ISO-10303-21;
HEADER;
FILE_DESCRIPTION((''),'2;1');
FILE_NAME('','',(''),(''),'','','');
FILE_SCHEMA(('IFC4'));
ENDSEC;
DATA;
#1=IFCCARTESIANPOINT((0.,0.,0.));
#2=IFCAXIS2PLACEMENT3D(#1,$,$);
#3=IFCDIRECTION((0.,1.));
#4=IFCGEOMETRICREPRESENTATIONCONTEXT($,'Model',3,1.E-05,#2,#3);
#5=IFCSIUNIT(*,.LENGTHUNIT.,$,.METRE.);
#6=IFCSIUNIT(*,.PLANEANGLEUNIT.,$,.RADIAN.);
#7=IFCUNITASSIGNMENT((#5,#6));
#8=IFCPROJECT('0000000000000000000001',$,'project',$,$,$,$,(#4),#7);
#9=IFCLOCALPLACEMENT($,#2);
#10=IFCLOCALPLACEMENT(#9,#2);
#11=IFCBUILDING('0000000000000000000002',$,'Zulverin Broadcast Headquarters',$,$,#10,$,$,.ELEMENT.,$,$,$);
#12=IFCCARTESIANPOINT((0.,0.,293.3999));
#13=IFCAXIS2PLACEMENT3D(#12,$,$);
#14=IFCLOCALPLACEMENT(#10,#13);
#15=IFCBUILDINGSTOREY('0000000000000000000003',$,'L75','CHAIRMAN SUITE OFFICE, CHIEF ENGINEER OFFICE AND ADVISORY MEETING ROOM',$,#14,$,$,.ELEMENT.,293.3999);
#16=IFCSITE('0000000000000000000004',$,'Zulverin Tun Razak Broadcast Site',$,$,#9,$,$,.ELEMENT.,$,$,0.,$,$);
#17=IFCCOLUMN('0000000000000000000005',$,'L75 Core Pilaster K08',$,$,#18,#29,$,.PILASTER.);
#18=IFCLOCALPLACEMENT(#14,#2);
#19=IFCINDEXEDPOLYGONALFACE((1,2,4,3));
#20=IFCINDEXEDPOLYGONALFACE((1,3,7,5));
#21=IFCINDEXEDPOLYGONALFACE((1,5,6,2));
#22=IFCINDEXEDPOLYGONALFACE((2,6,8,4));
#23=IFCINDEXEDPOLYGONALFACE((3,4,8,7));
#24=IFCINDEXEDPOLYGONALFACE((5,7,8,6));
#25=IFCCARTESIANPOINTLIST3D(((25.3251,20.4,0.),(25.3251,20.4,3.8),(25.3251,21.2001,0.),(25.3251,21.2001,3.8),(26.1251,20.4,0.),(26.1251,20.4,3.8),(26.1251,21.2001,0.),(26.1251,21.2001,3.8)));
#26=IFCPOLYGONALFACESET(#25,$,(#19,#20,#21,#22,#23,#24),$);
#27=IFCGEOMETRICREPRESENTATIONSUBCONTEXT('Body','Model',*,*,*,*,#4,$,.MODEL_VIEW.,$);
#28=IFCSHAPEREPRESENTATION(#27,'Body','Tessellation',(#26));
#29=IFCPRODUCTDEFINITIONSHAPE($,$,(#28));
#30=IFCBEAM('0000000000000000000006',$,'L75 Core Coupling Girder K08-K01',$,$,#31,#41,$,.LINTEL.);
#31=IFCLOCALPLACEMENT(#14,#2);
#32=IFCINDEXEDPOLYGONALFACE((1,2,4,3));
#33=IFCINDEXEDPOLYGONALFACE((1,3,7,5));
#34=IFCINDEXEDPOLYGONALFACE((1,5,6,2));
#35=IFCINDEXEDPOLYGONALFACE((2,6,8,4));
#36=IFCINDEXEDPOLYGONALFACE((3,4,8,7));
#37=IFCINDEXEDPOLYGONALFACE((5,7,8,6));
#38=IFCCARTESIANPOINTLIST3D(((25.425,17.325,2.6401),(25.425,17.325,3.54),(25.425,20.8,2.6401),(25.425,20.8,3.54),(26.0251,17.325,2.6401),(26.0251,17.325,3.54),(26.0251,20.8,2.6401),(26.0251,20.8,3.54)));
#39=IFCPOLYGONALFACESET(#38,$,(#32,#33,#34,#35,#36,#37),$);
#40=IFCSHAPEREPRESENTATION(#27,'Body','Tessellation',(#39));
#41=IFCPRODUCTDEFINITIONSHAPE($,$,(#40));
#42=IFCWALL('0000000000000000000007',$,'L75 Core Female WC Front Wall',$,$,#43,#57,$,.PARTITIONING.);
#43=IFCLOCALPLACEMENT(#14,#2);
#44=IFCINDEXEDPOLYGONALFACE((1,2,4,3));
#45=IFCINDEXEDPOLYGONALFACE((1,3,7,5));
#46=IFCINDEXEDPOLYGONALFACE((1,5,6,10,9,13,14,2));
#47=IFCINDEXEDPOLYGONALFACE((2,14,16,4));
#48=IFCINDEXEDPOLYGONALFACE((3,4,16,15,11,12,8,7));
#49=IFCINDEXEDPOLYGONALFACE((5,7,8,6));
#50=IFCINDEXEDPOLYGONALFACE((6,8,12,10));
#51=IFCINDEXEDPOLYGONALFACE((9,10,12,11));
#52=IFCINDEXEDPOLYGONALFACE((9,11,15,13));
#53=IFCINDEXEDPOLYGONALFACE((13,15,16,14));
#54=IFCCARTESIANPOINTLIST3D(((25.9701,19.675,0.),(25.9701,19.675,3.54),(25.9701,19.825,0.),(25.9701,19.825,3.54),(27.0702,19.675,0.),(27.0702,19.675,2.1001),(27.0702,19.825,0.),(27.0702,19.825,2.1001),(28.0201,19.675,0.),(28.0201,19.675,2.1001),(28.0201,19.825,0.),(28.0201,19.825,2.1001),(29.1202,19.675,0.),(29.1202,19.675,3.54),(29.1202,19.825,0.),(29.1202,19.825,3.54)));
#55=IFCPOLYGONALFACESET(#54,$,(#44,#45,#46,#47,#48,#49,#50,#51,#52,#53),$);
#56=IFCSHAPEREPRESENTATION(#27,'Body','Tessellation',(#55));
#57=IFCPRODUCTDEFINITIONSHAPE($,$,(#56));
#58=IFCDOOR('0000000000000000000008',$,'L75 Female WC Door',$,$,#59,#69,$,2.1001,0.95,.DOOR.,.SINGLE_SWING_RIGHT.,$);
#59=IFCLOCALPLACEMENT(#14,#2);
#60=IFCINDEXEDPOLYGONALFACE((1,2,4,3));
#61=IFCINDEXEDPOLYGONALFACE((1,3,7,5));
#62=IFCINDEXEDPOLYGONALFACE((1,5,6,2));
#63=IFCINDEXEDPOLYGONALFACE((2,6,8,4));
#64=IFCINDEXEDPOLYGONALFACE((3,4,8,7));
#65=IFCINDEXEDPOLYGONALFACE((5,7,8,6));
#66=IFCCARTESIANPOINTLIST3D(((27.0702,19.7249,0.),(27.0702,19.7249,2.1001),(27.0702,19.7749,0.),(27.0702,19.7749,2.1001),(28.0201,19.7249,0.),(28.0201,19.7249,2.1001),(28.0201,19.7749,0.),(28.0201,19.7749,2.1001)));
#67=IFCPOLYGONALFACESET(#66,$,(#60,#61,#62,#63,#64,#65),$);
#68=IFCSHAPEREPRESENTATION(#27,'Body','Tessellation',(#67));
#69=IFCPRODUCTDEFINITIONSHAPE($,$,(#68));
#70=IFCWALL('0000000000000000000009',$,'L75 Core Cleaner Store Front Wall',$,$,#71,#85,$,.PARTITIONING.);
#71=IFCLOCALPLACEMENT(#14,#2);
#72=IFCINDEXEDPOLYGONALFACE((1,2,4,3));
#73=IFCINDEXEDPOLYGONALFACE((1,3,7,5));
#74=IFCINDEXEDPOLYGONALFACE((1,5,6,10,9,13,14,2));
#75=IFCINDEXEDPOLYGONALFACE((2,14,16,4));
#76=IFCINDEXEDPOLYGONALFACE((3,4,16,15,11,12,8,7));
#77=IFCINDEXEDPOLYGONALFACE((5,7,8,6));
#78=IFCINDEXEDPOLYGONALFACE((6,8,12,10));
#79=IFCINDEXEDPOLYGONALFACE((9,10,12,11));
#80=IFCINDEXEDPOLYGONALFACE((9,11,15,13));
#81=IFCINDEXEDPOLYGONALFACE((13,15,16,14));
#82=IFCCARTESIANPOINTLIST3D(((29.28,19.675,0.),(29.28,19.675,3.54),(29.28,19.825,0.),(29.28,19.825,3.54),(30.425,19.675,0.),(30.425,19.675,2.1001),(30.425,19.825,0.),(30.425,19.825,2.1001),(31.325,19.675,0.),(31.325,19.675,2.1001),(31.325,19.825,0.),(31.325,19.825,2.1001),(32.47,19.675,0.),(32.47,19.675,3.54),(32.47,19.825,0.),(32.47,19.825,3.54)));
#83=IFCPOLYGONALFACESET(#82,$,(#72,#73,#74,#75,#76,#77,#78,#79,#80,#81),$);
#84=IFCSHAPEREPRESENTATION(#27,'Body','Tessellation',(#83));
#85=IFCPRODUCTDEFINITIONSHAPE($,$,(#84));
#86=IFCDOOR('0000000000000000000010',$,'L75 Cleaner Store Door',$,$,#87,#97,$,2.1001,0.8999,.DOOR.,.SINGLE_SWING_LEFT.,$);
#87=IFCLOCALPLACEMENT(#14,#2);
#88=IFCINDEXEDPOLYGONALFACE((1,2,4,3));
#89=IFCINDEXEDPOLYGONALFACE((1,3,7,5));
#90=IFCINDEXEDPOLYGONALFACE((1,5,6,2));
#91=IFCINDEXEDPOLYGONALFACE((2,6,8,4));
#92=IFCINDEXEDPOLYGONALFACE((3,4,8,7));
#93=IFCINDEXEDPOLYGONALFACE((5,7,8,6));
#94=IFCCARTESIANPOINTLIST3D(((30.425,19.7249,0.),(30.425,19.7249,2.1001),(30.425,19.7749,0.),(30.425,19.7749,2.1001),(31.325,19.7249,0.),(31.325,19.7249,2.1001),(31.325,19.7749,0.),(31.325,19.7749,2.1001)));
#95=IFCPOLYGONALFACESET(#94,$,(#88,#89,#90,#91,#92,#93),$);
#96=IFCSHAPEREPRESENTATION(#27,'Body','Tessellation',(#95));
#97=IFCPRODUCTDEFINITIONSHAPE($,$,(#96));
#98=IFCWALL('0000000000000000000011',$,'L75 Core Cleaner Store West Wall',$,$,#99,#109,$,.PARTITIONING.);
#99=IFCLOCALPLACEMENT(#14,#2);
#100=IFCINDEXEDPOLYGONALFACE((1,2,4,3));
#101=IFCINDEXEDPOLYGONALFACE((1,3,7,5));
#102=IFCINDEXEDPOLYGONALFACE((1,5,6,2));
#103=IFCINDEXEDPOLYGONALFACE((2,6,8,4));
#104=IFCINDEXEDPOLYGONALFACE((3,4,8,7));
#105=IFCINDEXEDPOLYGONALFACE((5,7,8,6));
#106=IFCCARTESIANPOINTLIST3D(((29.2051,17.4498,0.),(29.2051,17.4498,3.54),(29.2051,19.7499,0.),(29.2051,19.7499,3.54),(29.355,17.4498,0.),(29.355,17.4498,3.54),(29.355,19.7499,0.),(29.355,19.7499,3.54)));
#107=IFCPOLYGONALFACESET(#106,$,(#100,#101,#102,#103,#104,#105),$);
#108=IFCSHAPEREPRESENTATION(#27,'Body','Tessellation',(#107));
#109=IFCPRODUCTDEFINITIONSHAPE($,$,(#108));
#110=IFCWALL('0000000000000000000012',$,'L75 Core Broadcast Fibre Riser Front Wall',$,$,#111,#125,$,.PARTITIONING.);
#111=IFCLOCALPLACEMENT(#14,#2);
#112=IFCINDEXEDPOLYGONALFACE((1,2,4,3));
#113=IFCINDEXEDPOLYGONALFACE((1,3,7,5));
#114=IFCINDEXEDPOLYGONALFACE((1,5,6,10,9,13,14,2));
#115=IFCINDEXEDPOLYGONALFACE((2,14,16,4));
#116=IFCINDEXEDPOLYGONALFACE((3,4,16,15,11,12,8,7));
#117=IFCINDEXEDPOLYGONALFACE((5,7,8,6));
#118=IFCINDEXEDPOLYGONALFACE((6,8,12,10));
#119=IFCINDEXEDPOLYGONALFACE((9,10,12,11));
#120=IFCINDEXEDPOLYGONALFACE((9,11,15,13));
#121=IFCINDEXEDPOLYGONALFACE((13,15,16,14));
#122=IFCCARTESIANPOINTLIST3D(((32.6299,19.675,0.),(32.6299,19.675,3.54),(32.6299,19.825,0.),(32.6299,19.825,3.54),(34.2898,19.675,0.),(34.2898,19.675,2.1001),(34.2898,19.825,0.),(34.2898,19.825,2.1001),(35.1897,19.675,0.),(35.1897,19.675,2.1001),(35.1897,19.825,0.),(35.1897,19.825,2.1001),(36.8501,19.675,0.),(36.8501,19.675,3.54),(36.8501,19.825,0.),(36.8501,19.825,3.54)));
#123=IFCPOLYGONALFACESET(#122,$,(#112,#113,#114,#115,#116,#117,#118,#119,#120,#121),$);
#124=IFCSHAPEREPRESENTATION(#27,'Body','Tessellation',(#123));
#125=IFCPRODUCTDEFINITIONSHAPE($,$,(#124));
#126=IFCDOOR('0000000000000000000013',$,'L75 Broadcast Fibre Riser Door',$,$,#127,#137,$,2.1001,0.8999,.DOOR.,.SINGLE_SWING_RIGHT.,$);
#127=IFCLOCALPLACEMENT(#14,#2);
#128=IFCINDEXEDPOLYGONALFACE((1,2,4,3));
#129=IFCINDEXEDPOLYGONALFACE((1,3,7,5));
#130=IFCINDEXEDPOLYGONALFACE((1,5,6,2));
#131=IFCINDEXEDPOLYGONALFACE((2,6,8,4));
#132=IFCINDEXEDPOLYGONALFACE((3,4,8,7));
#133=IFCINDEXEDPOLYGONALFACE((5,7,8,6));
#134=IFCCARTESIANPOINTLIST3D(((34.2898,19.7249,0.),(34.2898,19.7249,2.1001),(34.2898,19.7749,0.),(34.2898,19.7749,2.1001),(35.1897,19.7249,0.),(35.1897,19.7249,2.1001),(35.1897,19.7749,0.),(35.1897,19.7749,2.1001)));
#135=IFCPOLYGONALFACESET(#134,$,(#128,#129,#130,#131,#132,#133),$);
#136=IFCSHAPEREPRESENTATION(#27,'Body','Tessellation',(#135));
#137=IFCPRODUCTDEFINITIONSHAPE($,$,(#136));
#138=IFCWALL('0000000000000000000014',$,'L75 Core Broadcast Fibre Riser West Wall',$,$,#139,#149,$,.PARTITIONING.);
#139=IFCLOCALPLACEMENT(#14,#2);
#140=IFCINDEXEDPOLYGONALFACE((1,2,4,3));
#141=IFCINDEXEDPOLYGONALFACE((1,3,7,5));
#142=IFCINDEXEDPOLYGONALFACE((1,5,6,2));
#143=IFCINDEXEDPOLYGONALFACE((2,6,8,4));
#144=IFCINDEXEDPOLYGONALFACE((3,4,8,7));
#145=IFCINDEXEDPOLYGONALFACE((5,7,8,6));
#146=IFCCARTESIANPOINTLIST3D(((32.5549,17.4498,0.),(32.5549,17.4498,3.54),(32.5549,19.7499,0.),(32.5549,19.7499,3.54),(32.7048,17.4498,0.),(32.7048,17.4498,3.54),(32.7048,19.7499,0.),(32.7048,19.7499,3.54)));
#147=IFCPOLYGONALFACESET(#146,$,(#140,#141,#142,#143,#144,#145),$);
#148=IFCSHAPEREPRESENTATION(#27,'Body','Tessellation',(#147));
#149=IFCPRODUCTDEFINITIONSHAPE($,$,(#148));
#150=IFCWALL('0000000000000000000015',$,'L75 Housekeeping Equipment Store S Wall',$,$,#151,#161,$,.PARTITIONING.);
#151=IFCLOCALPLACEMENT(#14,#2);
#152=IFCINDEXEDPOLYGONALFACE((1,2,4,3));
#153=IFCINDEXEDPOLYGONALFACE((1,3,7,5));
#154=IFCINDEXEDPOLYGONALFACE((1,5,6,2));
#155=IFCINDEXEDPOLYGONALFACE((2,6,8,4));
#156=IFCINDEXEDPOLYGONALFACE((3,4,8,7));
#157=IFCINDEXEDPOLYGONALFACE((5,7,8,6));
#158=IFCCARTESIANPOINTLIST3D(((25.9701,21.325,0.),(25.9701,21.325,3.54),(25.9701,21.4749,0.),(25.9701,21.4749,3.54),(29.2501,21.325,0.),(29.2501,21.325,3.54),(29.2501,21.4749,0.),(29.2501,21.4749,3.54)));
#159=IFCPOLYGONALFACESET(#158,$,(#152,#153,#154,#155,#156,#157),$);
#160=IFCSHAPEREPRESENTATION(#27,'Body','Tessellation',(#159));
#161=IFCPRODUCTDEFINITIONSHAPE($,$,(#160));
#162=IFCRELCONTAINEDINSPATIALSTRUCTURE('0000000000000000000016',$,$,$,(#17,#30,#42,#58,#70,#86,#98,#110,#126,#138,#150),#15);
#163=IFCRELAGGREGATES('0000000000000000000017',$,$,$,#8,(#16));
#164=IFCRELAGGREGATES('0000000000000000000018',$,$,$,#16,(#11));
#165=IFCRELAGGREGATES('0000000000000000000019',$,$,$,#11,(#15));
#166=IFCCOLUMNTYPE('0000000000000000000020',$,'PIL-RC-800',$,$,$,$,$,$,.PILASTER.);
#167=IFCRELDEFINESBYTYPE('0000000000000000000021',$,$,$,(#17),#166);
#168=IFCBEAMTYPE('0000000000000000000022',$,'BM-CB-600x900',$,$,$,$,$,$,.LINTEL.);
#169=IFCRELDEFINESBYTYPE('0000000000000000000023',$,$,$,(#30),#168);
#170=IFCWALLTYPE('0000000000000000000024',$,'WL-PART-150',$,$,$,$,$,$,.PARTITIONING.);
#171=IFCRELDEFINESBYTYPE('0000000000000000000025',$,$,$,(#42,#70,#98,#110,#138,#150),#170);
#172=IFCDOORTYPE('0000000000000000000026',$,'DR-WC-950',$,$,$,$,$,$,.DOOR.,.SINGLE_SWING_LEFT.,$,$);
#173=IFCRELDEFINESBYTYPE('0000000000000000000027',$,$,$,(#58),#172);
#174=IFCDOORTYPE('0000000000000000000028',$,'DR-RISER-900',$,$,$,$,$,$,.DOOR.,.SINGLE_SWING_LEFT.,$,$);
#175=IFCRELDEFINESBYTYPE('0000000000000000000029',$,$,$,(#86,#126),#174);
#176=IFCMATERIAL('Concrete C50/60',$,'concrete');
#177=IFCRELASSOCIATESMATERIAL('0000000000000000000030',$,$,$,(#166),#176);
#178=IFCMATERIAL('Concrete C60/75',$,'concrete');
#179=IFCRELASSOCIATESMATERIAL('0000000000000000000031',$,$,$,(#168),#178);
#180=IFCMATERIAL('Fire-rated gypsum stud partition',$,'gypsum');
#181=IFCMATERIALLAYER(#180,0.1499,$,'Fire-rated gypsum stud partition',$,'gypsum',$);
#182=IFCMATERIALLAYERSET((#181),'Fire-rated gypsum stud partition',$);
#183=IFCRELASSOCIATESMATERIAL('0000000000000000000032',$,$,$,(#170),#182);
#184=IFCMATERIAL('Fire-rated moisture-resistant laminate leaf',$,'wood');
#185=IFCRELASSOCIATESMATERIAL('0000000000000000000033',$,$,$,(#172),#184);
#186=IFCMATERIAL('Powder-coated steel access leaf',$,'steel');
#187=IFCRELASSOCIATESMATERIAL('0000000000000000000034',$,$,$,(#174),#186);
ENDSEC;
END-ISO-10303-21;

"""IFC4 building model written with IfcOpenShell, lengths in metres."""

from ifc_helpers import new_model, si_unit, direction, frame, frame_2d, origin, origin_2d, place, context, subcontext, project, spatial, rectangle, extrude, material, layer, layer_set, material_profile, profile_set, type_object, element, fill, save


model = new_model("IFC4")

# Units and contexts
model_context = context("Model", 3, precision=1e-05, world=origin(), true_north=direction((0.0, 1.0)))
body_context = subcontext(model_context, "Body", "Model", "MODEL_VIEW")
ifc_project = project(units=[si_unit("LENGTHUNIT", "METRE"), si_unit("PLANEANGLEUNIT", "RADIAN")], contexts=[model_context])

# Site, building, storey
site_placement = place(None, origin())
site = spatial("IfcSite", under=ifc_project, at=site_placement, Name="Zulverin Tun Razak Broadcast Site", CompositionType="ELEMENT", RefElevation=0.0)
building_placement = place(site_placement, origin())
building = spatial("IfcBuilding", under=site, at=building_placement, Name="Zulverin Broadcast Headquarters", CompositionType="ELEMENT")
storey_placement = place(building_placement, frame((0.0, 0.0, 293.3999)))
storey = spatial("IfcBuildingStorey", under=building, at=storey_placement, Name="L75", Description="CHAIRMAN SUITE OFFICE, CHIEF ENGINEER OFFICE AND ADVISORY MEETING ROOM", CompositionType="ELEMENT", Elevation=293.3999)

# Column
ifc_material_1 = material(Name="Concrete C50/60", Category="concrete")
ifc_material_profile_1 = material_profile(ifc_material_1, rectangle(XDim=0.8, YDim=0.8, at=origin_2d()), Name="Concrete C50/60", Category="concrete")
ifc_profile_set_1 = profile_set([ifc_material_profile_1], Name="Concrete C50/60")
column_type = type_object("IfcColumnType", Name="PIL-RC-800", PredefinedType="PILASTER", material=ifc_profile_set_1)
column_placement = place(storey_placement, frame((25.7251, 20.8, 0.0), z_axis=(0.0, 0.0, 1.0), x_axis=(1.0, 0.0, 0.0)))
element("IfcColumn", 1, at=column_placement, inside=storey, type_object=column_type, Name="L75 Core Pilaster K08", PredefinedType="PILASTER", context=body_context, shape_type="SweptSolid", body=[
    extrude(rectangle(XDim=0.8, YDim=0.8, at=origin_2d()), origin(), (0.0, 0.0, 1.0), 3.8),
])

# Beam
ifc_material_2 = material(Name="Concrete C60/75", Category="concrete")
ifc_material_profile_2 = material_profile(ifc_material_2, rectangle(XDim=0.6001, YDim=0.8999, at=origin_2d()), Name="Concrete C60/75", Category="concrete")
ifc_profile_set_2 = profile_set([ifc_material_profile_2], Name="Concrete C60/75")
beam_type = type_object("IfcBeamType", Name="BM-CB-600x900", PredefinedType="LINTEL", material=ifc_profile_set_2)
beam_placement = place(storey_placement, frame((25.7251, 20.8, 3.0901), z_axis=(0.0, -1.0, 0.0), x_axis=(1.0, 0.0, 0.0)))
element("IfcBeam", 2, at=beam_placement, inside=storey, type_object=beam_type, Name="L75 Core Coupling Girder K08-K01", PredefinedType="LINTEL", context=body_context, shape_type="SweptSolid", body=[
    extrude(rectangle(XDim=0.6001, YDim=0.8999, at=origin_2d()), origin(), (0.0, 0.0, 1.0), 3.4751),
])

# Walls, openings, doors
ifc_material_3 = material(Name="Fire-rated gypsum stud partition", Category="gypsum")
ifc_layer = layer(ifc_material_3, 0.1499, Name="Fire-rated gypsum stud partition", Category="gypsum")
ifc_layer_set = layer_set([ifc_layer], Name="Fire-rated gypsum stud partition")
wall_type = type_object("IfcWallType", Name="WL-PART-150", PredefinedType="PARTITIONING", material=ifc_layer_set)
wall_1_placement = place(storey_placement, frame((25.97, 19.75, 0.0), z_axis=(0.0, 0.0, 1.0), x_axis=(1.0, 0.0, 0.0)))
wall_1 = element("IfcWall", 3, at=wall_1_placement, inside=storey, type_object=wall_type, Name="L75 Core Female WC Front Wall", PredefinedType="PARTITIONING", context=body_context, shape_type="SweptSolid", body=[
    extrude(rectangle(XDim=3.1501, YDim=0.1499, at=frame_2d((1.5752, 0.0))), origin(), (0.0, 0.0, 1.0), 3.54),
])
opening_1_placement = place(wall_1_placement, frame((1.1001, 0.0, 0.0)))
opening_1 = element("IfcOpeningElement", 4, at=opening_1_placement, cuts=wall_1, PredefinedType="OPENING", context=body_context, shape_type="SweptSolid", body=[
    extrude(rectangle(XDim=0.95, YDim=2.1001, at=frame_2d((0.4751, 1.05))), frame((0.0, 0.085, 0.0), z_axis=(0.0, -1.0, 0.0), x_axis=(1.0, 0.0, 0.0)), (0.0, 0.0, 1.0), 0.1699),
])
ifc_material_4 = material(Name="Fire-rated moisture-resistant laminate leaf", Category="wood")
door_type_1 = type_object("IfcDoorType", Name="DR-WC-950", OperationType="SINGLE_SWING_LEFT", PredefinedType="DOOR", material=ifc_material_4)
door_1_placement = place(opening_1_placement, origin())
door_1 = element("IfcDoor", 5, at=door_1_placement, inside=storey, type_object=door_type_1, Name="L75 Female WC Door", OperationType="SINGLE_SWING_RIGHT", OverallHeight=2.1001, OverallWidth=0.95, PredefinedType="DOOR", context=body_context, shape_type="SweptSolid", body=[
    extrude(rectangle(XDim=0.95, YDim=2.1001, at=frame_2d((0.4751, 1.05))), frame((0.0, 0.0249, 0.0), z_axis=(0.0, -1.0, 0.0), x_axis=(1.0, 0.0, 0.0)), (0.0, 0.0, 1.0), 0.05),
])
fill(opening_1, door_1)
wall_2_placement = place(storey_placement, frame((29.28, 19.75, 0.0), z_axis=(0.0, 0.0, 1.0), x_axis=(1.0, 0.0, 0.0)))
wall_2 = element("IfcWall", 6, at=wall_2_placement, inside=storey, type_object=wall_type, Name="L75 Core Cleaner Store Front Wall", PredefinedType="PARTITIONING", context=body_context, shape_type="SweptSolid", body=[
    extrude(rectangle(XDim=3.1899, YDim=0.1499, at=frame_2d((1.595, 0.0))), origin(), (0.0, 0.0, 1.0), 3.54),
])
opening_2_placement = place(wall_2_placement, frame((1.145, 0.0, 0.0)))
opening_2 = element("IfcOpeningElement", 7, at=opening_2_placement, cuts=wall_2, PredefinedType="OPENING", context=body_context, shape_type="SweptSolid", body=[
    extrude(rectangle(XDim=0.8999, YDim=2.1001, at=frame_2d((0.45, 1.05))), frame((0.0, 0.085, 0.0), z_axis=(0.0, -1.0, 0.0), x_axis=(1.0, 0.0, 0.0)), (0.0, 0.0, 1.0), 0.1699),
])
ifc_material_5 = material(Name="Powder-coated steel access leaf", Category="steel")
door_type_2 = type_object("IfcDoorType", Name="DR-RISER-900", OperationType="SINGLE_SWING_LEFT", PredefinedType="DOOR", material=ifc_material_5)
door_2_placement = place(opening_2_placement, origin())
door_2 = element("IfcDoor", 8, at=door_2_placement, inside=storey, type_object=door_type_2, Name="L75 Cleaner Store Door", OperationType="SINGLE_SWING_LEFT", OverallHeight=2.1001, OverallWidth=0.8999, PredefinedType="DOOR", context=body_context, shape_type="SweptSolid", body=[
    extrude(rectangle(XDim=0.8999, YDim=2.1001, at=frame_2d((0.45, 1.05))), frame((0.0, 0.0249, 0.0), z_axis=(0.0, -1.0, 0.0), x_axis=(1.0, 0.0, 0.0)), (0.0, 0.0, 1.0), 0.05),
])
fill(opening_2, door_2)

# Wall
wall_3_placement = place(storey_placement, frame((29.28, 17.45, 0.0), z_axis=(0.0, 0.0, 1.0), x_axis=(0.0, 1.0, 0.0)))
element("IfcWall", 9, at=wall_3_placement, inside=storey, type_object=wall_type, Name="L75 Core Cleaner Store West Wall", PredefinedType="PARTITIONING", context=body_context, shape_type="SweptSolid", body=[
    extrude(rectangle(XDim=2.3, YDim=0.1499, at=frame_2d((1.1499, 0.0))), origin(), (0.0, 0.0, 1.0), 3.54),
])

# Wall, opening, door
wall_4_placement = place(storey_placement, frame((32.6299, 19.75, 0.0), z_axis=(0.0, 0.0, 1.0), x_axis=(1.0, 0.0, 0.0)))
wall_4 = element("IfcWall", 10, at=wall_4_placement, inside=storey, type_object=wall_type, Name="L75 Core Broadcast Fibre Riser Front Wall", PredefinedType="PARTITIONING", context=body_context, shape_type="SweptSolid", body=[
    extrude(rectangle(XDim=4.2202, YDim=0.1499, at=frame_2d((2.1101, 0.0))), origin(), (0.0, 0.0, 1.0), 3.54),
])
opening_3_placement = place(wall_4_placement, frame((1.6599, 0.0, 0.0)))
opening_3 = element("IfcOpeningElement", 11, at=opening_3_placement, cuts=wall_4, PredefinedType="OPENING", context=body_context, shape_type="SweptSolid", body=[
    extrude(rectangle(XDim=0.8999, YDim=2.1001, at=frame_2d((0.45, 1.05))), frame((0.0, 0.085, 0.0), z_axis=(0.0, -1.0, 0.0), x_axis=(1.0, 0.0, 0.0)), (0.0, 0.0, 1.0), 0.1699),
])
door_3_placement = place(opening_3_placement, origin())
door_3 = element("IfcDoor", 12, at=door_3_placement, inside=storey, type_object=door_type_2, Name="L75 Broadcast Fibre Riser Door", OperationType="SINGLE_SWING_RIGHT", OverallHeight=2.1001, OverallWidth=0.8999, PredefinedType="DOOR", context=body_context, shape_type="SweptSolid", body=[
    extrude(rectangle(XDim=0.8999, YDim=2.1001, at=frame_2d((0.45, 1.05))), frame((0.0, 0.0249, 0.0), z_axis=(0.0, -1.0, 0.0), x_axis=(1.0, 0.0, 0.0)), (0.0, 0.0, 1.0), 0.05),
])
fill(opening_3, door_3)

# Walls
wall_5_placement = place(storey_placement, frame((32.6299, 17.45, 0.0), z_axis=(0.0, 0.0, 1.0), x_axis=(0.0, 1.0, 0.0)))
element("IfcWall", 13, at=wall_5_placement, inside=storey, type_object=wall_type, Name="L75 Core Broadcast Fibre Riser West Wall", PredefinedType="PARTITIONING", context=body_context, shape_type="SweptSolid", body=[
    extrude(rectangle(XDim=2.3, YDim=0.1499, at=frame_2d((1.1499, 0.0))), origin(), (0.0, 0.0, 1.0), 3.54),
])
wall_6_placement = place(storey_placement, frame((25.97, 21.3999, 0.0), z_axis=(0.0, 0.0, 1.0), x_axis=(1.0, 0.0, 0.0)))
element("IfcWall", 14, at=wall_6_placement, inside=storey, type_object=wall_type, Name="L75 Housekeeping Equipment Store S Wall", PredefinedType="PARTITIONING", context=body_context, shape_type="SweptSolid", body=[
    extrude(rectangle(XDim=3.28, YDim=0.1499, at=frame_2d((1.6401, 0.0))), origin(), (0.0, 0.0, 1.0), 3.54),
])

save(model, "model.ifc")
